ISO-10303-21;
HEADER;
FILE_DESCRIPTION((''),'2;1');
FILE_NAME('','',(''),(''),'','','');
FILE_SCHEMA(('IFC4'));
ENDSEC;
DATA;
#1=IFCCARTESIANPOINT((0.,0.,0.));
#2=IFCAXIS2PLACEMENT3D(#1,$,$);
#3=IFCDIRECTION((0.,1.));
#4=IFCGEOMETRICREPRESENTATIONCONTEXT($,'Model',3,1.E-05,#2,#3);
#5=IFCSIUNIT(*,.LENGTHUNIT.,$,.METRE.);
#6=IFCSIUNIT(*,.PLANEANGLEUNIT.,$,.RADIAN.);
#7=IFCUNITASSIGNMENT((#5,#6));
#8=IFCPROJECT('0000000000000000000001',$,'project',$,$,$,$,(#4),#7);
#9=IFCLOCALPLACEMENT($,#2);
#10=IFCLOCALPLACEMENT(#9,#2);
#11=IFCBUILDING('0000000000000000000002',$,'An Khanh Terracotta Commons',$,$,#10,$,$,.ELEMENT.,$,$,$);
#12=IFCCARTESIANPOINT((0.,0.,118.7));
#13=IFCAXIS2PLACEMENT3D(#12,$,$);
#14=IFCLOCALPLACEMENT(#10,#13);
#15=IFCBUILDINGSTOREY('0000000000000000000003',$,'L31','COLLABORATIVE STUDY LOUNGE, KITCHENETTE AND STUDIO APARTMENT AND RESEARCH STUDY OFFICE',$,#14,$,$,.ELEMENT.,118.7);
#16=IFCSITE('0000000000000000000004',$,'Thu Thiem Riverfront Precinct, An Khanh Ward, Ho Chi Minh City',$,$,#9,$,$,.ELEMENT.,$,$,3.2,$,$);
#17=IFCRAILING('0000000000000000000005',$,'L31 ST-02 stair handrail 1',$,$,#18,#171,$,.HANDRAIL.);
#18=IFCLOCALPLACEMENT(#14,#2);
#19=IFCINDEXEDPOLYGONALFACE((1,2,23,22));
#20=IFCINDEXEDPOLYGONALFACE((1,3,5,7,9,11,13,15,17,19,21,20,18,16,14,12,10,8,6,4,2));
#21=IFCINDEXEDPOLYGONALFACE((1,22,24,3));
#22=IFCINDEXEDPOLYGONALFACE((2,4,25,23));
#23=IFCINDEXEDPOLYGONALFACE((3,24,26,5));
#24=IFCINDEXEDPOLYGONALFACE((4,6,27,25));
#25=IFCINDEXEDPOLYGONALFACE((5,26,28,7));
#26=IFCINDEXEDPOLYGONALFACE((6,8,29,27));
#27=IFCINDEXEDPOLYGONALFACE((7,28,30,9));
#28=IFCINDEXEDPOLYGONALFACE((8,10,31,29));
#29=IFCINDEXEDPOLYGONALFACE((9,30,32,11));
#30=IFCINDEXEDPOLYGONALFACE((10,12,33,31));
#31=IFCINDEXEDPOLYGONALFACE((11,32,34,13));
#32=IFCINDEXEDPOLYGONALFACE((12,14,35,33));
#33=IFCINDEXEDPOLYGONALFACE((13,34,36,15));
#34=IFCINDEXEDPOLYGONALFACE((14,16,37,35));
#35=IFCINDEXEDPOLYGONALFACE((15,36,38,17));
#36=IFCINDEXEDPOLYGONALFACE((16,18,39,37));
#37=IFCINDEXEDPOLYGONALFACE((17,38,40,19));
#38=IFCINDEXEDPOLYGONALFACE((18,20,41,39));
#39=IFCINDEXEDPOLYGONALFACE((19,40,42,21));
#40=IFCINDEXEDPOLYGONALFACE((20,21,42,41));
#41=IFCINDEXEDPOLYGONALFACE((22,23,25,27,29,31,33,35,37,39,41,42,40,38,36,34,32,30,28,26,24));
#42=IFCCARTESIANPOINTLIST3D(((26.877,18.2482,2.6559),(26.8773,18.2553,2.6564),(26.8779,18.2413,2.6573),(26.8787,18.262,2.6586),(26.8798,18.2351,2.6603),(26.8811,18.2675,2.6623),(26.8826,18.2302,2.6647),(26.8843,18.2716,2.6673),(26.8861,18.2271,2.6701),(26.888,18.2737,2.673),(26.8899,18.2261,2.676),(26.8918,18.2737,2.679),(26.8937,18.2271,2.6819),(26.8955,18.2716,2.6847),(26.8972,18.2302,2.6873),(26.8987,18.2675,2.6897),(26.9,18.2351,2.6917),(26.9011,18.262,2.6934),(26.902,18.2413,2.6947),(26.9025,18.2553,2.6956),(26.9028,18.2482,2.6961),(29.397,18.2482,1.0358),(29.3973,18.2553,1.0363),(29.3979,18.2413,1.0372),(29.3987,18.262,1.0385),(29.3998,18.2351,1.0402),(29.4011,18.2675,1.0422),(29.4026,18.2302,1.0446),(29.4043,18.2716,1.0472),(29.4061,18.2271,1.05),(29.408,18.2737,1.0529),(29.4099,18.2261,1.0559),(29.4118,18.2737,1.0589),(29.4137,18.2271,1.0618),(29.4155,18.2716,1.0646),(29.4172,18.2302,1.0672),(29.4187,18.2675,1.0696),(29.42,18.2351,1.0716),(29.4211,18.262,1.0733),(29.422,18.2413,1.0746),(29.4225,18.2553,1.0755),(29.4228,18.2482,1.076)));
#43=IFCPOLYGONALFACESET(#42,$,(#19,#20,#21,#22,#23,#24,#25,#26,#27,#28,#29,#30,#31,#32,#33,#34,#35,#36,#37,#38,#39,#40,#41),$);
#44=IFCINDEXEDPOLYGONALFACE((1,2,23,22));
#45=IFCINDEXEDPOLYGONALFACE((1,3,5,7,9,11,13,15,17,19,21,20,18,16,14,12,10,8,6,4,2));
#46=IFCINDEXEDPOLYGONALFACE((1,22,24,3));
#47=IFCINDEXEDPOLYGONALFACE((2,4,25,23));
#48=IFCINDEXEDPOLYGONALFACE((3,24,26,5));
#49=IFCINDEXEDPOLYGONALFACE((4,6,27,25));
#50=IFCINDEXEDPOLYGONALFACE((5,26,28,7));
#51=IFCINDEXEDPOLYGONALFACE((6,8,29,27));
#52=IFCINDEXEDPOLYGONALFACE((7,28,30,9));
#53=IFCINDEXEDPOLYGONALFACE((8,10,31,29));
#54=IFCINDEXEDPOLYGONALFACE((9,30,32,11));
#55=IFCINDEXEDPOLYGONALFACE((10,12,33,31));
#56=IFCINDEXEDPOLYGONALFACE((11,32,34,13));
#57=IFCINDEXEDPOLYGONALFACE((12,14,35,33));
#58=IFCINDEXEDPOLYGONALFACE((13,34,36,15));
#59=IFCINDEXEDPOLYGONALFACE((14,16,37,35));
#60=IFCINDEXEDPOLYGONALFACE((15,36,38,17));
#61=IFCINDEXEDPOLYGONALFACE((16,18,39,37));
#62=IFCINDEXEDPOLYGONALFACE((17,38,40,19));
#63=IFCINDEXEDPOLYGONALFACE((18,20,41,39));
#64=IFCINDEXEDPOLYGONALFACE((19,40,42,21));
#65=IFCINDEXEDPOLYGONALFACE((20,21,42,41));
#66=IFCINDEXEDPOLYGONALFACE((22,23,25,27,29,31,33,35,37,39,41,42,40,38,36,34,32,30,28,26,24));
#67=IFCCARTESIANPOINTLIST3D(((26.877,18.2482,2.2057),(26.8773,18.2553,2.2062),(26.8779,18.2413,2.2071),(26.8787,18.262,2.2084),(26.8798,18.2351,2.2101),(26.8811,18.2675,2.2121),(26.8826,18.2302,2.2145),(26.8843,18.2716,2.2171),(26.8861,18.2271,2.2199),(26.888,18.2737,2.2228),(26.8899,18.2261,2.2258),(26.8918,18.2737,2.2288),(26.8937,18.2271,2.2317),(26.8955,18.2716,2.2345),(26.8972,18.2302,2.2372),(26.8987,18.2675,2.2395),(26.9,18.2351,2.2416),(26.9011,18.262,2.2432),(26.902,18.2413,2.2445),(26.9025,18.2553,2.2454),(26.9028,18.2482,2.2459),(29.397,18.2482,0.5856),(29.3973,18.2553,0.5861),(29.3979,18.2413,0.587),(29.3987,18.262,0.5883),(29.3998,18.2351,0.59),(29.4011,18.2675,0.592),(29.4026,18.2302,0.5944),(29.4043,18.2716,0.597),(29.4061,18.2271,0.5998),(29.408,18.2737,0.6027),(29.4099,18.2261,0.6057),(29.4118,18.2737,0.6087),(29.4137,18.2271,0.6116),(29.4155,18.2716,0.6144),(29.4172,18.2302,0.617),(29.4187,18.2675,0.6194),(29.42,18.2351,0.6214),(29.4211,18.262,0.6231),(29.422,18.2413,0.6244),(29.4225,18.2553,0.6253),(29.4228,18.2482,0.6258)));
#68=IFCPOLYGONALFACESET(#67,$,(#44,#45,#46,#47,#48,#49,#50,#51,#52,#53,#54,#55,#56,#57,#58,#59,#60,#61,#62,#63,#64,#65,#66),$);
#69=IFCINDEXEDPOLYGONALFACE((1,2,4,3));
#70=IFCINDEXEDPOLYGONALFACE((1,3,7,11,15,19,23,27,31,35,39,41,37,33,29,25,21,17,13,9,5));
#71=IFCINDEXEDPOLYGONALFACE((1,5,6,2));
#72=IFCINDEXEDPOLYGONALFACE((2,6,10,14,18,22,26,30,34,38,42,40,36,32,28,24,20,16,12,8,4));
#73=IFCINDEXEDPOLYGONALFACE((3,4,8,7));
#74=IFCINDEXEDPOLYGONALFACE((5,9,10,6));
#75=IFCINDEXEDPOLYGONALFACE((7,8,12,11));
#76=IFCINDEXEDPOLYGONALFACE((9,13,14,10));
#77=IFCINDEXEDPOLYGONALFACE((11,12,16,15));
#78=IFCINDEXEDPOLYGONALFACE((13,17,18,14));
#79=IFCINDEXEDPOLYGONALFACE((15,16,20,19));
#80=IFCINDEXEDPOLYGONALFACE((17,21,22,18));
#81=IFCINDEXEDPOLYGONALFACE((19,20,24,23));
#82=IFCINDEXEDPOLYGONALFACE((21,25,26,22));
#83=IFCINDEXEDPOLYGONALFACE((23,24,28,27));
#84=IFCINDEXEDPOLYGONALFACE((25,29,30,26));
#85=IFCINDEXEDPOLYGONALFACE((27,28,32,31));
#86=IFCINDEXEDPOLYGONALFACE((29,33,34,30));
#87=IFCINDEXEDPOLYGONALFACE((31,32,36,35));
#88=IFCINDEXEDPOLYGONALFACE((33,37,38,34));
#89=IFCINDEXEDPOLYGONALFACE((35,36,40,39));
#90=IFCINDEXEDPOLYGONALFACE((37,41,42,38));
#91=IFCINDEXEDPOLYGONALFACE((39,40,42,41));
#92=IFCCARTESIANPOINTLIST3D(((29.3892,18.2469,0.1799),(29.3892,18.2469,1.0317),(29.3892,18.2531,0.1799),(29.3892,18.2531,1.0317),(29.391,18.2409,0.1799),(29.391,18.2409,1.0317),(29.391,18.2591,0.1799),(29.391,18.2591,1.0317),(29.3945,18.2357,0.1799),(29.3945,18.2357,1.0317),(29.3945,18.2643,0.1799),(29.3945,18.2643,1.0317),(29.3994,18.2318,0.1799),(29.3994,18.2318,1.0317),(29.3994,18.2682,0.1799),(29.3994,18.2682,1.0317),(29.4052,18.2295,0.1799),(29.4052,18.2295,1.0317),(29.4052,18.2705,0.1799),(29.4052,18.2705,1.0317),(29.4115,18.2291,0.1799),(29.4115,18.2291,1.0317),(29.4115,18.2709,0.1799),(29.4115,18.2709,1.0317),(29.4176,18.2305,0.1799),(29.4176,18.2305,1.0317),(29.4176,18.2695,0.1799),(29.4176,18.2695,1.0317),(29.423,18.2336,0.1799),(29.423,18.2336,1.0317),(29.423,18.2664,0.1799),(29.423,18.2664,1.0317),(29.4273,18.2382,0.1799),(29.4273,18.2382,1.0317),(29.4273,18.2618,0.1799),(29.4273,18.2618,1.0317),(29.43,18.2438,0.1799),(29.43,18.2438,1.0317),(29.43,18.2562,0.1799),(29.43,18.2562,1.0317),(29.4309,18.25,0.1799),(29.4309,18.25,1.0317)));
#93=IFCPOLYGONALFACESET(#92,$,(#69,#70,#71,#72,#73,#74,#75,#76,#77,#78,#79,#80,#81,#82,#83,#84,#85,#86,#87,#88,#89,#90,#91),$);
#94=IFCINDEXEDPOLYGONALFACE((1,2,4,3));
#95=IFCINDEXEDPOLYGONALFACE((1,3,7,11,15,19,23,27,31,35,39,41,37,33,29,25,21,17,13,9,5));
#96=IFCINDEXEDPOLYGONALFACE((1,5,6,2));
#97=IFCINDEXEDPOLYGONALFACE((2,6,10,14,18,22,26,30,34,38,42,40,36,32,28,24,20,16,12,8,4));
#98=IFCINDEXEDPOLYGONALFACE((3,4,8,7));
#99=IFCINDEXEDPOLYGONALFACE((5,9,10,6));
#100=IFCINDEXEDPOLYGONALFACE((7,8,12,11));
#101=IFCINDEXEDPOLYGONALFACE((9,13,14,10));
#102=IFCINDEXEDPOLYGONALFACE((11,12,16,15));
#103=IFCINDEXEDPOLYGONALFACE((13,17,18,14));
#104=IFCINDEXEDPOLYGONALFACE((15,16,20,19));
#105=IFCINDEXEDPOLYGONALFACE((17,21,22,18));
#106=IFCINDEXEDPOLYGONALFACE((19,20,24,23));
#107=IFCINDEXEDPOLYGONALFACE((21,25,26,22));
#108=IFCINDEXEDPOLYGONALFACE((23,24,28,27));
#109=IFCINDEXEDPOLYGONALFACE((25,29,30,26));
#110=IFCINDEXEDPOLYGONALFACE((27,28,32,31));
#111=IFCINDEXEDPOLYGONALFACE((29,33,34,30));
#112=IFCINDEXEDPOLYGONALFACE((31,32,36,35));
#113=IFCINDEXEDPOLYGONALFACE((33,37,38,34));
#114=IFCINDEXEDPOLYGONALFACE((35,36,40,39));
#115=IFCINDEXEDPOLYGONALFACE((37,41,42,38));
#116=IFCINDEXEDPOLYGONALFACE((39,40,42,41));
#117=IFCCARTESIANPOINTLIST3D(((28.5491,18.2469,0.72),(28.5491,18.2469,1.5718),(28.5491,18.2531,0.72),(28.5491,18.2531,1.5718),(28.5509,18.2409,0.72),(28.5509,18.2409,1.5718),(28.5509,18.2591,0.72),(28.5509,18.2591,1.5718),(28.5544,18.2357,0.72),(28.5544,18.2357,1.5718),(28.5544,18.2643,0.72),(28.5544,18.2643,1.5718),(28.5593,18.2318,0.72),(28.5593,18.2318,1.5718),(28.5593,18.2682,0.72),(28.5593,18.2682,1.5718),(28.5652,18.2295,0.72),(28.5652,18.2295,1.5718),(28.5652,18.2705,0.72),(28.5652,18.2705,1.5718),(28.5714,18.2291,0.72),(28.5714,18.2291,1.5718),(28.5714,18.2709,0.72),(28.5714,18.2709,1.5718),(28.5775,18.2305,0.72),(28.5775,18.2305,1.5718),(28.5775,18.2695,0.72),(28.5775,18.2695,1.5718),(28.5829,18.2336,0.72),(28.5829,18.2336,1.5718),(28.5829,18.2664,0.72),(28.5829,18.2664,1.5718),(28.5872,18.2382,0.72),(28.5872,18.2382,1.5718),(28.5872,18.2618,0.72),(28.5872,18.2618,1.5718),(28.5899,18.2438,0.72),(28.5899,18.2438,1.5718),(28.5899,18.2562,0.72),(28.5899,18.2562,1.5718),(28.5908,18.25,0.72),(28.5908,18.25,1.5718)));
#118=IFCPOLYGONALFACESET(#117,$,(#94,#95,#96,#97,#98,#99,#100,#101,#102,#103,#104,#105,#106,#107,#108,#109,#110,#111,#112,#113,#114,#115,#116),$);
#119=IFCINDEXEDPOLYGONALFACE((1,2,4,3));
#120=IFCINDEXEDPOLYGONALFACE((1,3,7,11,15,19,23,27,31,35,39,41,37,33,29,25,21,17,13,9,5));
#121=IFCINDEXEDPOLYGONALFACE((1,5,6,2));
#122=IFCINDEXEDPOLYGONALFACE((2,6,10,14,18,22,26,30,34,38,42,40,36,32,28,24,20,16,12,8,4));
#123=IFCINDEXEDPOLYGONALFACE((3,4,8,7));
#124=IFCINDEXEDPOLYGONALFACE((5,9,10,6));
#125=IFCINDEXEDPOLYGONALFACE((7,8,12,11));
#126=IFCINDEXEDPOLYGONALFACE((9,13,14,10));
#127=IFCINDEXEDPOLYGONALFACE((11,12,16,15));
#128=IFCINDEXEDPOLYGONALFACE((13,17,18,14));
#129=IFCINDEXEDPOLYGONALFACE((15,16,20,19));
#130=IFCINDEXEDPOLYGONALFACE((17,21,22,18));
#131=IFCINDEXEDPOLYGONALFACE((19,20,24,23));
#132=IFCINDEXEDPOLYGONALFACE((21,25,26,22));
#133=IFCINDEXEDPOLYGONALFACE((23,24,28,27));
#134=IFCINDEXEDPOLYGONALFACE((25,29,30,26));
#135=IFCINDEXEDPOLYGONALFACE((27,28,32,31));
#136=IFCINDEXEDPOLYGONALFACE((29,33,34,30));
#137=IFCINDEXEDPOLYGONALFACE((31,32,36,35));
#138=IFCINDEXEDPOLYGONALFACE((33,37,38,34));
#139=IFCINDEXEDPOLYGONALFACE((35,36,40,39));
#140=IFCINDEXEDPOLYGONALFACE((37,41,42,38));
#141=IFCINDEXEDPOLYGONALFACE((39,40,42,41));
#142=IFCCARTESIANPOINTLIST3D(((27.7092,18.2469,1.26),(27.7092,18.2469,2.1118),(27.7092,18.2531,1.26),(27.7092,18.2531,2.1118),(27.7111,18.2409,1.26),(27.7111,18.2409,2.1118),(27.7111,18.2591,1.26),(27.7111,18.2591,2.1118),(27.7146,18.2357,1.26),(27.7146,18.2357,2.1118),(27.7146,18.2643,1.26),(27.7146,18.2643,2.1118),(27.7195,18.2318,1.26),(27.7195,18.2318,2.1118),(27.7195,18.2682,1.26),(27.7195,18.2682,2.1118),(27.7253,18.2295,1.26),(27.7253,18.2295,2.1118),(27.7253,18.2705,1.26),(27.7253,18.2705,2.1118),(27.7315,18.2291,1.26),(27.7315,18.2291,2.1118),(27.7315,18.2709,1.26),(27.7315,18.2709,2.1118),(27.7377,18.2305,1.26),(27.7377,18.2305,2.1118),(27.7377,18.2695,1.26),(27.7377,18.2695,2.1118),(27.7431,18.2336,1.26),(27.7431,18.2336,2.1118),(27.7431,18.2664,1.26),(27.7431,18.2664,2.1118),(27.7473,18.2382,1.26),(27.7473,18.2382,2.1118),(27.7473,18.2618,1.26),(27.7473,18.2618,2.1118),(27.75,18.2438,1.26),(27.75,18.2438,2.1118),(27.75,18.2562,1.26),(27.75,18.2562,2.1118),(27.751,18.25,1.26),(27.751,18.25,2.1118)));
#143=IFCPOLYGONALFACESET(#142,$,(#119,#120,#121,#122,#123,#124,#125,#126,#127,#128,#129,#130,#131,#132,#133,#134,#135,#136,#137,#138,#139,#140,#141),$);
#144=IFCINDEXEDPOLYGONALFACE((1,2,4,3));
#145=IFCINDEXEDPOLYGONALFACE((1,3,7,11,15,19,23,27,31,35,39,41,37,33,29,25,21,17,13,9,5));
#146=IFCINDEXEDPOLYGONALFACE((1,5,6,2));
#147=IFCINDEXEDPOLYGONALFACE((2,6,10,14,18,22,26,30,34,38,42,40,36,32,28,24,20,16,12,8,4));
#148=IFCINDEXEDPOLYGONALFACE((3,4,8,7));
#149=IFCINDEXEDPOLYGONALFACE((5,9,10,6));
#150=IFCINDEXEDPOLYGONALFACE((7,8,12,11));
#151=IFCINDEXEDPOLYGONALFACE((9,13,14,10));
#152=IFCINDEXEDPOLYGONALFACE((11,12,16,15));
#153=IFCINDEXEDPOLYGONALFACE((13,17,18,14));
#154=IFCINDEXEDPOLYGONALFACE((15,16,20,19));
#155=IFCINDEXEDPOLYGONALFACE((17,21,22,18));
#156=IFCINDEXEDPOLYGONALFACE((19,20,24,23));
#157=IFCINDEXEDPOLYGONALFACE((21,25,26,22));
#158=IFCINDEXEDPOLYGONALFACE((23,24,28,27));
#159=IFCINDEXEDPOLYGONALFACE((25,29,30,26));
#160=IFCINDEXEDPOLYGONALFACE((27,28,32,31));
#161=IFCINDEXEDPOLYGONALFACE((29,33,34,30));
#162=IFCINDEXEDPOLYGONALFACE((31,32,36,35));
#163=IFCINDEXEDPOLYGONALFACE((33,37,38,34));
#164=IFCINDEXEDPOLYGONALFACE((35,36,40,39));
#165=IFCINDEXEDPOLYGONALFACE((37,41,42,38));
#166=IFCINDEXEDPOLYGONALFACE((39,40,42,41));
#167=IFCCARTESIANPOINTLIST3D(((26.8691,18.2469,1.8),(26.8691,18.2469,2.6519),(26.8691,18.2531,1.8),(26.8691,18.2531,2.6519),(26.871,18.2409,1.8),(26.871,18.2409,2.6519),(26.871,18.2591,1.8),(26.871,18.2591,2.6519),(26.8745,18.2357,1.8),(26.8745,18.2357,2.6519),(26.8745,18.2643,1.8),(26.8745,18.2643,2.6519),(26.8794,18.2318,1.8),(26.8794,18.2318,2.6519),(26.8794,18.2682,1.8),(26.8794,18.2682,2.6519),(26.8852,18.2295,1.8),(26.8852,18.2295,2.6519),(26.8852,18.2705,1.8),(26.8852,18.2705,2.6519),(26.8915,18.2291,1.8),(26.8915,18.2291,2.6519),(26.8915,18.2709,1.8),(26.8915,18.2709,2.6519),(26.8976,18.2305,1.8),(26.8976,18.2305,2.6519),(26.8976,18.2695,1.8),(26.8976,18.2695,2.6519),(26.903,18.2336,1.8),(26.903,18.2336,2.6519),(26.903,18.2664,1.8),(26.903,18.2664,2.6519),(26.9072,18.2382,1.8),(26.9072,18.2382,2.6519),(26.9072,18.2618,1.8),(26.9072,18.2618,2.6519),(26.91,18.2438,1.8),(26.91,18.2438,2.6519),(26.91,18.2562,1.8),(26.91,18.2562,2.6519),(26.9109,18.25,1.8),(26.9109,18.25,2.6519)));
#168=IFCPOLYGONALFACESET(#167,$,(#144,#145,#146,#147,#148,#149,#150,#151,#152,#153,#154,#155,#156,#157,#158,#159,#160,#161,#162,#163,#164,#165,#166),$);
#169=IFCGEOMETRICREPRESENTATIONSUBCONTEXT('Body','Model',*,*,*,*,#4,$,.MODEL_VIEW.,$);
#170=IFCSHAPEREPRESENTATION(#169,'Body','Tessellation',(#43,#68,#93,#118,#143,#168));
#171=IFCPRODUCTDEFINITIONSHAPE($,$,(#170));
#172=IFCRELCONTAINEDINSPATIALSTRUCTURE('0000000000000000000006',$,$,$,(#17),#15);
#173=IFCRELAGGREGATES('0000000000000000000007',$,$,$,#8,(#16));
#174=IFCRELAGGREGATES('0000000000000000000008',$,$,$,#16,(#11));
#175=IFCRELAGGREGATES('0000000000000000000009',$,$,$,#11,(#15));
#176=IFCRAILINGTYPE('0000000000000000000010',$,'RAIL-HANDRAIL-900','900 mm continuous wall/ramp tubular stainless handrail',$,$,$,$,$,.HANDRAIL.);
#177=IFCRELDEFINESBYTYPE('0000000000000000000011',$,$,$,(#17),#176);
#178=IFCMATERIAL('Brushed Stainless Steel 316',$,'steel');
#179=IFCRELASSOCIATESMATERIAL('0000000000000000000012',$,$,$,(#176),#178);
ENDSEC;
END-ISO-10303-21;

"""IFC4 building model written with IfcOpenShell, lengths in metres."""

from ifc_helpers import new_model, si_unit, direction, frame, origin, origin_2d, place, context, subcontext, project, spatial, circle, extrude, material, type_object, element, save


model = new_model("IFC4")

# Units and contexts
model_context = context("Model", 3, precision=1e-05, world=origin(), true_north=direction((0.0, 1.0)))
body_context = subcontext(model_context, "Body", "Model", "MODEL_VIEW")
ifc_project = project(units=[si_unit("LENGTHUNIT", "METRE"), si_unit("PLANEANGLEUNIT", "RADIAN")], contexts=[model_context])

# Site, building, storey
site_placement = place(None, origin())
site = spatial("IfcSite", under=ifc_project, at=site_placement, Name="Thu Thiem Riverfront Precinct, An Khanh Ward, Ho Chi Minh City", CompositionType="ELEMENT", RefElevation=3.2)
building_placement = place(site_placement, origin())
building = spatial("IfcBuilding", under=site, at=building_placement, Name="An Khanh Terracotta Commons", CompositionType="ELEMENT")
storey_placement = place(building_placement, frame((0.0, 0.0, 118.7)))
storey = spatial("IfcBuildingStorey", under=building, at=storey_placement, Name="L31", Description="COLLABORATIVE STUDY LOUNGE, KITCHENETTE AND STUDIO APARTMENT AND RESEARCH STUDY OFFICE", CompositionType="ELEMENT", Elevation=118.7)

# Railing
ifc_material_1 = material(Name="Brushed Stainless Steel 316", Category="steel")
railing_type_1 = type_object("IfcRailingType", Name="RAIL-HANDRAIL-900", Description="900 mm continuous wall/ramp tubular stainless handrail", PredefinedType="HANDRAIL", material=ifc_material_1)
railing_1_placement = place(storey_placement, frame((29.4099, 18.25, 0.1799)))
element("IfcRailing", 1, at=railing_1_placement, inside=storey, type_object=railing_type_1, Name="L31 ST-02 stair handrail 1", PredefinedType="HANDRAIL", context=body_context, shape_type="SweptSolid", body=[
    extrude(circle(Radius=0.0239, at=origin_2d()), frame((0.0, 0.0, 0.876), z_axis=(-0.841163, 0.0, 0.540782), x_axis=(0.0, -1.0, 0.0)), (0.0, 0.0, 1.0), 2.9958),
    extrude(circle(Radius=0.0239, at=origin_2d()), frame((0.0, 0.0, 0.4258), z_axis=(-0.841163, 0.0, 0.540782), x_axis=(0.0, -1.0, 0.0)), (0.0, 0.0, 1.0), 2.9958),
    extrude(circle(Radius=0.021, at=origin_2d()), origin(), (0.0, 0.0, 1.0), 0.8518),
    extrude(circle(Radius=0.021, at=origin_2d()), frame((-0.8401, 0.0, 0.54)), (0.0, 0.0, 1.0), 0.8518),
    extrude(circle(Radius=0.021, at=origin_2d()), frame((-1.6799, 0.0, 1.0801)), (0.0, 0.0, 1.0), 0.8518),
    extrude(circle(Radius=0.021, at=origin_2d()), frame((-2.52, 0.0, 1.6201)), (0.0, 0.0, 1.0), 0.8518),
])

save(model, "model.ifc")
